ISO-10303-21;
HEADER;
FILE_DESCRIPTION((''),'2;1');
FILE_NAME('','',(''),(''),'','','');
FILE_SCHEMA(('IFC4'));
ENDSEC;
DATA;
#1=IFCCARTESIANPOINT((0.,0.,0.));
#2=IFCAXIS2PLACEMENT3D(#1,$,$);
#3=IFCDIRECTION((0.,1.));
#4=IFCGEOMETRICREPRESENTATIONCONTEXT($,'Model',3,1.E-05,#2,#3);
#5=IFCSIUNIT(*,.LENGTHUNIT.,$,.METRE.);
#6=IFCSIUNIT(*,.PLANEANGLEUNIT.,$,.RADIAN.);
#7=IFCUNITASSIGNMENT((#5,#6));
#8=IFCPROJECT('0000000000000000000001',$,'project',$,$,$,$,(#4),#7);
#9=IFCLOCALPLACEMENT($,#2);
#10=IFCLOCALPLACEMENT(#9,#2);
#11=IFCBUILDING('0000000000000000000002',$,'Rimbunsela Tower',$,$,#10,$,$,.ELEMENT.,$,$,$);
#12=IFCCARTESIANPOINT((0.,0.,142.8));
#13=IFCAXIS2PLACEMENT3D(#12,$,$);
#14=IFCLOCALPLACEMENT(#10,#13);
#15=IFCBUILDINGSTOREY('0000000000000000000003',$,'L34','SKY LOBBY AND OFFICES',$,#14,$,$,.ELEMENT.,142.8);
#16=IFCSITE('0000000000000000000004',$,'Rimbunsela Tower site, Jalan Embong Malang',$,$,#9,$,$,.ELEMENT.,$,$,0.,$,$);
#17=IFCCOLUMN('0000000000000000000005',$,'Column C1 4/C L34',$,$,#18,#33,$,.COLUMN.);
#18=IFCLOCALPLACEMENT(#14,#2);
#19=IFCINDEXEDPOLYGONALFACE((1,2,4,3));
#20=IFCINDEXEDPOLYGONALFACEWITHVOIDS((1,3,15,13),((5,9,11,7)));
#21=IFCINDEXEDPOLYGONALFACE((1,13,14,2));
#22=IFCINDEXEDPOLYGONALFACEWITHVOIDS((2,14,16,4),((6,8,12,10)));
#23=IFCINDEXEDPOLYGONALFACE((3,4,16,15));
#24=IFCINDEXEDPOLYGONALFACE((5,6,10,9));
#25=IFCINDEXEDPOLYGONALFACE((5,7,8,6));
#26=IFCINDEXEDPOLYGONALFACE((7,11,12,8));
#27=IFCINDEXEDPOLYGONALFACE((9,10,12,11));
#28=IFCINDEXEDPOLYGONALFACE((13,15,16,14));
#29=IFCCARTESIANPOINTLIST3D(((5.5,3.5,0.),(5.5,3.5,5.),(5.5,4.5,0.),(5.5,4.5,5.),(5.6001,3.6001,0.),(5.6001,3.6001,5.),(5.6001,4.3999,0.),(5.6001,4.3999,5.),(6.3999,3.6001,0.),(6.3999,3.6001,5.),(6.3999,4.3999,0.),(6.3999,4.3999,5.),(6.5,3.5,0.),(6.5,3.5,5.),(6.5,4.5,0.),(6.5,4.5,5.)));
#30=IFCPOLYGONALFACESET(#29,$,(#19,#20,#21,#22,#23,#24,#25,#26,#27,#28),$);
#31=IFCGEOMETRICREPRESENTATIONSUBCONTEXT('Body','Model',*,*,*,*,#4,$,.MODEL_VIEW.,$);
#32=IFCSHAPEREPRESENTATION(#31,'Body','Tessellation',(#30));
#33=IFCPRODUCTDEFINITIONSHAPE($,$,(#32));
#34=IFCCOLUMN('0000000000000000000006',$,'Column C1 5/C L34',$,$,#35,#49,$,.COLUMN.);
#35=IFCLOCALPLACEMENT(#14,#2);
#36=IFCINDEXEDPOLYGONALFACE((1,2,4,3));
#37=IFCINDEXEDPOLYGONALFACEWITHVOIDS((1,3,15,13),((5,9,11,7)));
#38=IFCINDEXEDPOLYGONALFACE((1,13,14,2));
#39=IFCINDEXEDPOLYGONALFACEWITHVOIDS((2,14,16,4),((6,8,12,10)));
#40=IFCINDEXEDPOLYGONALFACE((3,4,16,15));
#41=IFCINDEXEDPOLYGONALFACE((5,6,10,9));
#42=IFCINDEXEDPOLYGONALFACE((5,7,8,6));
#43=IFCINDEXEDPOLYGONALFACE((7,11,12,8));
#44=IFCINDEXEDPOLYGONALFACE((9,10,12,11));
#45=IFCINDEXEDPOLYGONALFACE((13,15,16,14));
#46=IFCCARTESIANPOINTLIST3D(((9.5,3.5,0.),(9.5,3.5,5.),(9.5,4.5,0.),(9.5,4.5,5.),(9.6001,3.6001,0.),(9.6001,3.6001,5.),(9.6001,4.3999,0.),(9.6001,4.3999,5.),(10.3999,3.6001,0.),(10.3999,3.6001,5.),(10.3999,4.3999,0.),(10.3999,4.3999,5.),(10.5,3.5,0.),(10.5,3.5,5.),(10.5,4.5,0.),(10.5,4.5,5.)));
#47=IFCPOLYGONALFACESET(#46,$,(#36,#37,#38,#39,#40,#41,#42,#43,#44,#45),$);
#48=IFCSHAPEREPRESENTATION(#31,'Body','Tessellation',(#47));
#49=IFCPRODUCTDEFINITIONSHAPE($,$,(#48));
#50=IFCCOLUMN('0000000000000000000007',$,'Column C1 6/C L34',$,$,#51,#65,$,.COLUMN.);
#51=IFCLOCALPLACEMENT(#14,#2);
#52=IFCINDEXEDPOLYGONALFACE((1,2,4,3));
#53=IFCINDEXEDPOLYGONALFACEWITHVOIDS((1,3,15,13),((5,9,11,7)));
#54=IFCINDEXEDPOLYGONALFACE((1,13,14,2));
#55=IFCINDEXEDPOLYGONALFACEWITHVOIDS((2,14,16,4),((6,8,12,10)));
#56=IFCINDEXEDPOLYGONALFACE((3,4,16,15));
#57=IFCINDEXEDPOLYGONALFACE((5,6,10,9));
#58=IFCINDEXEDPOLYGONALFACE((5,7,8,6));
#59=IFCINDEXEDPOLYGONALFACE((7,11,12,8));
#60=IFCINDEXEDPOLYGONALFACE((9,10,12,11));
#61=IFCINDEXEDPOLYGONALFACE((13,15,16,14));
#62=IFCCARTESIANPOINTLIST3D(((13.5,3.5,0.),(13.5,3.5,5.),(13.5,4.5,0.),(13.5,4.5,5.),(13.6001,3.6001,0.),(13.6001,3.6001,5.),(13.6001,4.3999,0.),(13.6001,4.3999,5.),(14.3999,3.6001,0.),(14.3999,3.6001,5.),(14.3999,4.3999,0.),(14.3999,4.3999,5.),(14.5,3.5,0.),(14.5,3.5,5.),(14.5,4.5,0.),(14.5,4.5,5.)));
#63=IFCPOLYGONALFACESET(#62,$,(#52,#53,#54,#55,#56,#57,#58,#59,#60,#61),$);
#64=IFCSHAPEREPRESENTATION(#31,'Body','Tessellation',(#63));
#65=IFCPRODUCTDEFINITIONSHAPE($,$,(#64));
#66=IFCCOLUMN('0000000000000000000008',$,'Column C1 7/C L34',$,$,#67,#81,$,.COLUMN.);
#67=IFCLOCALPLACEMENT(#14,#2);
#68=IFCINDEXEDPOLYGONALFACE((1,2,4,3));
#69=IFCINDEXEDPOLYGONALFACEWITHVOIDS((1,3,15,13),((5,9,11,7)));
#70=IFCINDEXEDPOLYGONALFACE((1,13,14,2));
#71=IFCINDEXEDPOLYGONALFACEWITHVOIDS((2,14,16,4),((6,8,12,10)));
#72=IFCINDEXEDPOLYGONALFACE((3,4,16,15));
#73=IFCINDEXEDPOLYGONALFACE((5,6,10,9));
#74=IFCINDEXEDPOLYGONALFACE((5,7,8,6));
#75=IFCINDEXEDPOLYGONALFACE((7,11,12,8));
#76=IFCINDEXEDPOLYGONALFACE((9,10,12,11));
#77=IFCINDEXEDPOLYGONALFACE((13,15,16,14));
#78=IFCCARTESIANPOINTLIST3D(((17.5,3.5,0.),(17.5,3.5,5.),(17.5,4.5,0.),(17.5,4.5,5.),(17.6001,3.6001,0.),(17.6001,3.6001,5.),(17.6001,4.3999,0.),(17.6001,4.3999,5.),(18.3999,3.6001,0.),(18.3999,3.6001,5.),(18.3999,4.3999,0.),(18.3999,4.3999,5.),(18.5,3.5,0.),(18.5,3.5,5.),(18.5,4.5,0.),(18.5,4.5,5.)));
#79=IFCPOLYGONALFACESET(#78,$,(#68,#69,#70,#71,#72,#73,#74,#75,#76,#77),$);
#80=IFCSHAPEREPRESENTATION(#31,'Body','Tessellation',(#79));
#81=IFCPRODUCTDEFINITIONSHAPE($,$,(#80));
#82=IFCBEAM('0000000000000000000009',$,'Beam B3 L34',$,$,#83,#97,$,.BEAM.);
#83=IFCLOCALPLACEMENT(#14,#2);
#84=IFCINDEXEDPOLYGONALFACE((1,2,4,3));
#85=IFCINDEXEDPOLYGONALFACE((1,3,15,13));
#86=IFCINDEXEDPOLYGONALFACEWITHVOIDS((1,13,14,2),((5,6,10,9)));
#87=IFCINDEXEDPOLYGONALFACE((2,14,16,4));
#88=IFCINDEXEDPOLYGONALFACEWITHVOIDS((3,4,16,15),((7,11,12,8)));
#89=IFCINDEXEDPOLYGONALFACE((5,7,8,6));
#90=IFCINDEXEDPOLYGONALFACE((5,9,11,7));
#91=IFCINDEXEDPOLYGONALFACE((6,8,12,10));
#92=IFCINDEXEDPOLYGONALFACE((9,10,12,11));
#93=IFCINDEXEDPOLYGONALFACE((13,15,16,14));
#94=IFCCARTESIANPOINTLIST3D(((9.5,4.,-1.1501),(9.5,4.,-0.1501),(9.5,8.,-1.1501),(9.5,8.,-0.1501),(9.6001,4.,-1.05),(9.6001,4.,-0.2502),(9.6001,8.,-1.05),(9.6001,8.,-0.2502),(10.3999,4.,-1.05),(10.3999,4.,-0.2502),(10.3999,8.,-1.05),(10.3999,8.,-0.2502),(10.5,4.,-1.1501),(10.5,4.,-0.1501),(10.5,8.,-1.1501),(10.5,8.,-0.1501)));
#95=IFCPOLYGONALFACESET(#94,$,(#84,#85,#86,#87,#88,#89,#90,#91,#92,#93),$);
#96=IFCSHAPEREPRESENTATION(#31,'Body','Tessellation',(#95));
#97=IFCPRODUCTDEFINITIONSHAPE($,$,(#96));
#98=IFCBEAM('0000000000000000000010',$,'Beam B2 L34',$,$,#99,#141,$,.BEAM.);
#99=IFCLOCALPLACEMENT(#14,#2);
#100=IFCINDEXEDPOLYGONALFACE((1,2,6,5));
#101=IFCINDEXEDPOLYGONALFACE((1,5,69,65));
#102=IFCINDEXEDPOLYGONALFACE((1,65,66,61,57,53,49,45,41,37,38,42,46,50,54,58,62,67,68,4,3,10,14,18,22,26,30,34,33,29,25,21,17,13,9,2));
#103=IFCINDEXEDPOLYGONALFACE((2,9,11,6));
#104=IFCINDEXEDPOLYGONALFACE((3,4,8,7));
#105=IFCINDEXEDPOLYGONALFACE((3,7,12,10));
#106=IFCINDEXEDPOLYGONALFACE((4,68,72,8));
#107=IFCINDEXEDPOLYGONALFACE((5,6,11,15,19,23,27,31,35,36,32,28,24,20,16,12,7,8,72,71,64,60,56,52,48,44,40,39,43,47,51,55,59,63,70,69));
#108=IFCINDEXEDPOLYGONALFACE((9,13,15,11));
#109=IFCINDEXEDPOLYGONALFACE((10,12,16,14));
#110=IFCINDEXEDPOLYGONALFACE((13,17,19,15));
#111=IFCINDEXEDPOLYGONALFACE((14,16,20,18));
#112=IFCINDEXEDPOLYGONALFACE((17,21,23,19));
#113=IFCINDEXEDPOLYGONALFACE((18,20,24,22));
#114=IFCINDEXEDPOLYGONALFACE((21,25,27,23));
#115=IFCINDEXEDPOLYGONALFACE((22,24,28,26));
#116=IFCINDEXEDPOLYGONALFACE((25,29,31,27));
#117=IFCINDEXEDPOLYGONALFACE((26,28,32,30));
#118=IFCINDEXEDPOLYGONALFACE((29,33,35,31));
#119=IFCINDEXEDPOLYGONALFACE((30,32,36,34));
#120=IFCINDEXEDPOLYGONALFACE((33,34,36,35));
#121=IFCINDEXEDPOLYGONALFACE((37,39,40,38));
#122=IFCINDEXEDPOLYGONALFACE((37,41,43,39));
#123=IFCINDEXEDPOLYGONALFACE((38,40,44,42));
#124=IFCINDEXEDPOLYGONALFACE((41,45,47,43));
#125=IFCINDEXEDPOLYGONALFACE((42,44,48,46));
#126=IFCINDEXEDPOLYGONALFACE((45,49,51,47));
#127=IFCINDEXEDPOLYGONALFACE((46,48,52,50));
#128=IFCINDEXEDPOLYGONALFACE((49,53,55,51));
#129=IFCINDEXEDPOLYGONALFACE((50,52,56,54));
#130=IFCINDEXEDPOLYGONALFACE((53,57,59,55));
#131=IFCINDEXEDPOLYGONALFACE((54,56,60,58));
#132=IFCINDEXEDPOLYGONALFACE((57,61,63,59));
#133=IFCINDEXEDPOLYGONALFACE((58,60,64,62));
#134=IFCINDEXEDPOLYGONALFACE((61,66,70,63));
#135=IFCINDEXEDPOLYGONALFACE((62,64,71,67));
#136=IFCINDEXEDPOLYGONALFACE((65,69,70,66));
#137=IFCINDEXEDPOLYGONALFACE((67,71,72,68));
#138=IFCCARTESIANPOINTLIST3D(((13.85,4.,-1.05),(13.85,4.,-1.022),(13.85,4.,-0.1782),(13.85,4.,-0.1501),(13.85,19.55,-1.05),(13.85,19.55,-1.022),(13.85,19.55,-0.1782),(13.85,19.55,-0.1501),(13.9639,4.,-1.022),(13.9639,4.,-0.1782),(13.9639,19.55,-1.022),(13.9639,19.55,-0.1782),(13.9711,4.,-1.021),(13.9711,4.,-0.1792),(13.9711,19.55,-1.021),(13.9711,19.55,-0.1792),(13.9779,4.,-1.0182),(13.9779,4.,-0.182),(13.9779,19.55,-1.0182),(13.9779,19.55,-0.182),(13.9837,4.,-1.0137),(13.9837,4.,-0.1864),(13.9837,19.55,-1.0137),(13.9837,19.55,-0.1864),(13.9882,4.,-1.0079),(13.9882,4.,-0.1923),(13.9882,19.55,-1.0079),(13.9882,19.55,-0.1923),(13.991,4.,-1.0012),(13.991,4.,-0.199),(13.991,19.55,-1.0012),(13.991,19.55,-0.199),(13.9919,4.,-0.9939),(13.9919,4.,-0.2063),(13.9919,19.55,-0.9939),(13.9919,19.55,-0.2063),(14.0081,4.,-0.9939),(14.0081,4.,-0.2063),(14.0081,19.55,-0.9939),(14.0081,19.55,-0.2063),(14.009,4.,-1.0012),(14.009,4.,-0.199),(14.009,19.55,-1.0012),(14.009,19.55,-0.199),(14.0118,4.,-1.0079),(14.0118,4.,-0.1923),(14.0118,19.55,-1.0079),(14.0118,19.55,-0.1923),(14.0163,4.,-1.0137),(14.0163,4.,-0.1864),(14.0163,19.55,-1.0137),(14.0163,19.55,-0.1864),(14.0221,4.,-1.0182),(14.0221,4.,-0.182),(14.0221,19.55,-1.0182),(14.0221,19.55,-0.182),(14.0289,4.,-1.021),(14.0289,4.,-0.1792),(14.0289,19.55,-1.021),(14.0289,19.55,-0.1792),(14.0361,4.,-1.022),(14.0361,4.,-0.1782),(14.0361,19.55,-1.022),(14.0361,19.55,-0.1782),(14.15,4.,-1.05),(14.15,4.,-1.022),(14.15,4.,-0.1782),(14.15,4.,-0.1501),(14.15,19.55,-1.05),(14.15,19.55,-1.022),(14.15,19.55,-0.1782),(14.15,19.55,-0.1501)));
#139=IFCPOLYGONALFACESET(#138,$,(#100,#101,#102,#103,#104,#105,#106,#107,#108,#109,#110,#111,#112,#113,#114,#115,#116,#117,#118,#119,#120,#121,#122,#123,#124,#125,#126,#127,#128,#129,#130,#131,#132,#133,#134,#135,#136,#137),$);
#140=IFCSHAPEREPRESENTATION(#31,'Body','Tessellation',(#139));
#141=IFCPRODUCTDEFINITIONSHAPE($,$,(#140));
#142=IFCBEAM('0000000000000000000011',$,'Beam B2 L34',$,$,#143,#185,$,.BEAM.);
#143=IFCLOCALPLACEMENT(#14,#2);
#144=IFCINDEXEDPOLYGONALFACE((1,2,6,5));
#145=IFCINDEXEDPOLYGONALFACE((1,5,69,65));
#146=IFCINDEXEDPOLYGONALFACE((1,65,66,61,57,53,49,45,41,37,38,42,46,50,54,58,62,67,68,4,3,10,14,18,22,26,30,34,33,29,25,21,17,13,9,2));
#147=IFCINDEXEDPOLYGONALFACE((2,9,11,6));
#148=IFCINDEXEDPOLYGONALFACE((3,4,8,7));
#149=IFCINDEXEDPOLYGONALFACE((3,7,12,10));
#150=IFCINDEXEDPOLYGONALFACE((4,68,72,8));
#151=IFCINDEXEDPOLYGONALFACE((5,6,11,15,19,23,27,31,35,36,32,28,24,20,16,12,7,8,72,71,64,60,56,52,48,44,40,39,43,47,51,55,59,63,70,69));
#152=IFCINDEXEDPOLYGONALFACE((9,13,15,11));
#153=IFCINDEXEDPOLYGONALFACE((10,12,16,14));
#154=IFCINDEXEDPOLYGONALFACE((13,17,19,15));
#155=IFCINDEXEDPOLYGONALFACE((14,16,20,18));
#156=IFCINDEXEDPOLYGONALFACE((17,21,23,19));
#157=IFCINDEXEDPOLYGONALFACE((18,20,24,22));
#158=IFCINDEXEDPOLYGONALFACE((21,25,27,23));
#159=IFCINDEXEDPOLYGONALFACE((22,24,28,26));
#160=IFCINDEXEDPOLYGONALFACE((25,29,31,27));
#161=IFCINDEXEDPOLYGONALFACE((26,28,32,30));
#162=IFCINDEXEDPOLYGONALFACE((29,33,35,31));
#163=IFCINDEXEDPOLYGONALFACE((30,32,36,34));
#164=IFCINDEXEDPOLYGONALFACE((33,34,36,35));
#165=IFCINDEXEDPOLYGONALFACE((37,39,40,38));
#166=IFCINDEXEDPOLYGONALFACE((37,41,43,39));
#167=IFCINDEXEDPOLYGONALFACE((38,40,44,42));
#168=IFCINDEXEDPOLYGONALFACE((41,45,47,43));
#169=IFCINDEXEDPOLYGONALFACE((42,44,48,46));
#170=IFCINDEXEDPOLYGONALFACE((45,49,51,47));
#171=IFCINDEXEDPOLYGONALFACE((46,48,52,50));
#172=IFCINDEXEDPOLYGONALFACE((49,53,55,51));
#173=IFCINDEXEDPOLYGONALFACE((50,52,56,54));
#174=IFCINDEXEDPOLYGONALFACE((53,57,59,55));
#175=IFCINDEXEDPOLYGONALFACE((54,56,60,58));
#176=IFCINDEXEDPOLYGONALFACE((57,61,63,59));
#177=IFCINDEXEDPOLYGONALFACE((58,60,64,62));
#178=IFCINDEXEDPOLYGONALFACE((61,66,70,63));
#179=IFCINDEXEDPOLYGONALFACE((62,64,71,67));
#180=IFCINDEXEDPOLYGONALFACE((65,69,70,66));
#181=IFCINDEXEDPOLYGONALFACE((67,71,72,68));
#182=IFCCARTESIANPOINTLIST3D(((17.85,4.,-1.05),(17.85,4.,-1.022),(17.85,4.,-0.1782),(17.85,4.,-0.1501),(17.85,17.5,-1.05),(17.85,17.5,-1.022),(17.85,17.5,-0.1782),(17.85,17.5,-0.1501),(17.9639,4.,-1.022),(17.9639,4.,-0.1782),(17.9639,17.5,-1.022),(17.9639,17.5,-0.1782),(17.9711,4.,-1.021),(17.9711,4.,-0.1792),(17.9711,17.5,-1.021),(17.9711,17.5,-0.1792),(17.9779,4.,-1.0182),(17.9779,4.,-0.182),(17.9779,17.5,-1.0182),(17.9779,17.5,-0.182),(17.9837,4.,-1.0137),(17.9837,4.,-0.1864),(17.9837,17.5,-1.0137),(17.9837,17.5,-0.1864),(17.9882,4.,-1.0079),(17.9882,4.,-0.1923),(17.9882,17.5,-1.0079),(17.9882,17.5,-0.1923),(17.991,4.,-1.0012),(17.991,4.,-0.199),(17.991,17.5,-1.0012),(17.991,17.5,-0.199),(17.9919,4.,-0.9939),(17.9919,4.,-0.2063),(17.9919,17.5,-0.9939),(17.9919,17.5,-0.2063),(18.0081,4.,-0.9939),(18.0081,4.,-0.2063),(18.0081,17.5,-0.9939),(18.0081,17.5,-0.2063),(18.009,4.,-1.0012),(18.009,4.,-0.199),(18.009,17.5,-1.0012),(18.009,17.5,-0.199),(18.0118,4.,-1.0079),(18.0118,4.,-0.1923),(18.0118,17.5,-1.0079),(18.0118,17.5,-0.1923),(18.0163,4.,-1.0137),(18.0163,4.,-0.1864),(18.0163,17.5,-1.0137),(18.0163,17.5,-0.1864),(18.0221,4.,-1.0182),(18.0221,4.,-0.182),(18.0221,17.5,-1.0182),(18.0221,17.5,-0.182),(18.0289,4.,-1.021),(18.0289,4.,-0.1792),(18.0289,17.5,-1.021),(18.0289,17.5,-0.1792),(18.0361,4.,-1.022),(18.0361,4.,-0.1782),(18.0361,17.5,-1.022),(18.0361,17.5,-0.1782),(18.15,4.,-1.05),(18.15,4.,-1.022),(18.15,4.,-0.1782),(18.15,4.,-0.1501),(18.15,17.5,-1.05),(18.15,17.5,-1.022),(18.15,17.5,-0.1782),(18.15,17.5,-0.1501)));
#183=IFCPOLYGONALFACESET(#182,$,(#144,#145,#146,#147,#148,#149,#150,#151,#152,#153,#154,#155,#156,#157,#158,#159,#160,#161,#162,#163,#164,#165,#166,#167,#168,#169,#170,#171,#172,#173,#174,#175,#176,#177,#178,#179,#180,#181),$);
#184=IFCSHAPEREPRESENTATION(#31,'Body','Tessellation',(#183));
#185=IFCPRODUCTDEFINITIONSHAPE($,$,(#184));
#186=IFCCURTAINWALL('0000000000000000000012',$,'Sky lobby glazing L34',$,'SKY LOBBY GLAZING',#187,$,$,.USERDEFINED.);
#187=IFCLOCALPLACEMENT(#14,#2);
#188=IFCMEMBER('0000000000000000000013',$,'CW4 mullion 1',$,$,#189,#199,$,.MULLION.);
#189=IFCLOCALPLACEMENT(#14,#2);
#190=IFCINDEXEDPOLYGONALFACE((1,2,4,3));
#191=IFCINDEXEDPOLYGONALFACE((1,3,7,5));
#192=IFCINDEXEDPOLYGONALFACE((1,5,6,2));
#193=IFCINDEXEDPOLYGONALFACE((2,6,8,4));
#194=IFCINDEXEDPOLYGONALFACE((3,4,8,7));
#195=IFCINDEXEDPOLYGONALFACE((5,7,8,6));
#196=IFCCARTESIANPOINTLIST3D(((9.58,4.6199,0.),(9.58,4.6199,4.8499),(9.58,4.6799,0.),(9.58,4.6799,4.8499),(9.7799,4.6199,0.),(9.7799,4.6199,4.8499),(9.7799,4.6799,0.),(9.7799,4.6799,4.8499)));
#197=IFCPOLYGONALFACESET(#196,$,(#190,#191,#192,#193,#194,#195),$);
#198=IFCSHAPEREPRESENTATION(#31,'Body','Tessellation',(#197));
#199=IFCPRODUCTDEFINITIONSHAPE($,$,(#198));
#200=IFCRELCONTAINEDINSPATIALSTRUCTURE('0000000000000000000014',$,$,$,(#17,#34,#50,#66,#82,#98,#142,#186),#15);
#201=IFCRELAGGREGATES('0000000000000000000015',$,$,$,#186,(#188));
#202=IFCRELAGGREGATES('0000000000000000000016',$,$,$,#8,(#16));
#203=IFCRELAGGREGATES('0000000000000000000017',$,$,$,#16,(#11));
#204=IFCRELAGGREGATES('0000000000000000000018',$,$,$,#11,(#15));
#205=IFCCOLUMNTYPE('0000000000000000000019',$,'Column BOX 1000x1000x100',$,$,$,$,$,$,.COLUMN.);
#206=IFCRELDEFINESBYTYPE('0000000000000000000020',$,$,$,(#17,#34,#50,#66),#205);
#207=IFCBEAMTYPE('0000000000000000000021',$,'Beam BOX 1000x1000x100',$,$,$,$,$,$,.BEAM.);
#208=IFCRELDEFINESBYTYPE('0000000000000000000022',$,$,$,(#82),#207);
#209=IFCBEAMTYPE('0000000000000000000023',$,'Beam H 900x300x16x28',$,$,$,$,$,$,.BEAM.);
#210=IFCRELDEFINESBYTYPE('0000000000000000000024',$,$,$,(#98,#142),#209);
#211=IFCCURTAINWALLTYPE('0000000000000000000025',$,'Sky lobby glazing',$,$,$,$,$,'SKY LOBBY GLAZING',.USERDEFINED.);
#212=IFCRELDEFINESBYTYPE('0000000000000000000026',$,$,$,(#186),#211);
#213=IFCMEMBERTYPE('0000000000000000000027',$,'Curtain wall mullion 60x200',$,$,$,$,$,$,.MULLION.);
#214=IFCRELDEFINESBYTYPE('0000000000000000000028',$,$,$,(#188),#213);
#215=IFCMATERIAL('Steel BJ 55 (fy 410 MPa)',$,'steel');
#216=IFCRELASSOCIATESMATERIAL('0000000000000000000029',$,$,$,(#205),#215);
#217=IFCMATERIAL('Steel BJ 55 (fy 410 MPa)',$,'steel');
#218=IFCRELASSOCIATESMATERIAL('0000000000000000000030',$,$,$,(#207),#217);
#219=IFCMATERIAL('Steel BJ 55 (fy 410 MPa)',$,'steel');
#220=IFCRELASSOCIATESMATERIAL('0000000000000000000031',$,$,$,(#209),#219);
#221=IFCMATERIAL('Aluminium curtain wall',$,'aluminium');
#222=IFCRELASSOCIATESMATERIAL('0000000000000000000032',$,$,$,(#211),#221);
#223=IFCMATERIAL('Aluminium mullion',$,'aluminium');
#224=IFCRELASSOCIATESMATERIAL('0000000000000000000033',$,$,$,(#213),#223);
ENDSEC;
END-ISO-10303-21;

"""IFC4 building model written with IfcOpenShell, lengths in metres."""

from ifc_helpers import new_model, si_unit, direction, frame, origin, origin_2d, place, context, subcontext, project, spatial, rectangle, hollow_rectangle, i_section, extrude, material, material_profile, profile_set, type_object, element, aggregate, save


model = new_model("IFC4")

# Units and contexts
model_context = context("Model", 3, precision=1e-05, world=origin(), true_north=direction((0.0, 1.0)))
body_context = subcontext(model_context, "Body", "Model", "MODEL_VIEW")
ifc_project = project(units=[si_unit("LENGTHUNIT", "METRE"), si_unit("PLANEANGLEUNIT", "RADIAN")], contexts=[model_context])

# Site, building, storey
site_placement = place(None, origin())
site = spatial("IfcSite", under=ifc_project, at=site_placement, Name="Rimbunsela Tower site, Jalan Embong Malang", CompositionType="ELEMENT", RefElevation=0.0)
building_placement = place(site_placement, origin())
building = spatial("IfcBuilding", under=site, at=building_placement, Name="Rimbunsela Tower", CompositionType="ELEMENT")
storey_placement = place(building_placement, frame((0.0, 0.0, 142.8)))
storey = spatial("IfcBuildingStorey", under=building, at=storey_placement, Name="L34", Description="SKY LOBBY AND OFFICES", CompositionType="ELEMENT", Elevation=142.8)

# Columns
ifc_material_1 = material(Name="Steel BJ 55 (fy 410 MPa)", Category="steel")
ifc_material_profile_1 = material_profile(ifc_material_1, hollow_rectangle(XDim=1.0, YDim=1.0, WallThickness=0.1001, at=origin_2d()), Name="BOX 1000x1000x100")
ifc_profile_set_1 = profile_set([ifc_material_profile_1], Name="Steel BJ 55 (fy 410 MPa)")
column_type = type_object("IfcColumnType", Name="Column BOX 1000x1000x100", PredefinedType="COLUMN", material=ifc_profile_set_1)
for number, where, z_axis, x_axis, name in (
    (1, (6.0, 4.0, 0.0), (0.0, 0.0, 1.0), (1.0, 0.0, 0.0), "Column C1 4/C L34"),
    (2, (10.0, 4.0, 0.0), (0.0, 0.0, 1.0), (1.0, 0.0, 0.0), "Column C1 5/C L34"),
    (3, (14.0, 4.0, 0.0), (0.0, 0.0, 1.0), (1.0, 0.0, 0.0), "Column C1 6/C L34"),
    (4, (18.0, 4.0, 0.0), (0.0, 0.0, 1.0), (1.0, 0.0, 0.0), "Column C1 7/C L34"),
):
    element("IfcColumn", number, at=place(storey_placement, frame(where, z_axis=z_axis, x_axis=x_axis)), inside=storey, type_object=column_type, Name=name, PredefinedType="COLUMN", context=body_context, shape_type="SweptSolid", body=[
        extrude(hollow_rectangle(XDim=1.0, YDim=1.0, WallThickness=0.1001, at=origin_2d()), origin(), (0.0, 0.0, 1.0), 5.0),
    ])

# Beams
ifc_material_2 = material(Name="Steel BJ 55 (fy 410 MPa)", Category="steel")
ifc_material_profile_2 = material_profile(ifc_material_2, hollow_rectangle(XDim=1.0, YDim=1.0, WallThickness=0.1001, at=origin_2d()), Name="BOX 1000x1000x100")
ifc_profile_set_2 = profile_set([ifc_material_profile_2], Name="Steel BJ 55 (fy 410 MPa)")
beam_type_1 = type_object("IfcBeamType", Name="Beam BOX 1000x1000x100", PredefinedType="BEAM", material=ifc_profile_set_2)
beam_1_placement = place(storey_placement, frame((10.0, 4.0, -0.6501), z_axis=(0.0, 1.0, 0.0), x_axis=(-1.0, 0.0, 0.0)))
element("IfcBeam", 5, at=beam_1_placement, inside=storey, type_object=beam_type_1, Name="Beam B3 L34", PredefinedType="BEAM", context=body_context, shape_type="SweptSolid", body=[
    extrude(hollow_rectangle(XDim=1.0, YDim=1.0, WallThickness=0.1001, at=origin_2d()), origin(), (0.0, 0.0, 1.0), 4.0),
])
ifc_material_3 = material(Name="Steel BJ 55 (fy 410 MPa)", Category="steel")
ifc_material_profile_3 = material_profile(ifc_material_3, i_section(OverallWidth=0.3, OverallDepth=0.8999, WebThickness=0.0161, FlangeThickness=0.0281, FilletRadius=0.0281, at=origin_2d()), Name="H 900x300x16x28")
ifc_profile_set_3 = profile_set([ifc_material_profile_3], Name="Steel BJ 55 (fy 410 MPa)")
beam_type_2 = type_object("IfcBeamType", Name="Beam H 900x300x16x28", PredefinedType="BEAM", material=ifc_profile_set_3)
beam_2_placement = place(storey_placement, frame((14.0, 4.0, -0.6001), z_axis=(0.0, 1.0, 0.0), x_axis=(-1.0, 0.0, 0.0)))
element("IfcBeam", 6, at=beam_2_placement, inside=storey, type_object=beam_type_2, Name="Beam B2 L34", PredefinedType="BEAM", context=body_context, shape_type="SweptSolid", body=[
    extrude(i_section(OverallWidth=0.3, OverallDepth=0.8999, WebThickness=0.0161, FlangeThickness=0.0281, FilletRadius=0.0281, at=origin_2d()), origin(), (0.0, 0.0, 1.0), 15.55),
])
beam_3_placement = place(storey_placement, frame((18.0, 4.0, -0.6001), z_axis=(0.0, 1.0, 0.0), x_axis=(-1.0, 0.0, 0.0)))
element("IfcBeam", 7, at=beam_3_placement, inside=storey, type_object=beam_type_2, Name="Beam B2 L34", PredefinedType="BEAM", context=body_context, shape_type="SweptSolid", body=[
    extrude(i_section(OverallWidth=0.3, OverallDepth=0.8999, WebThickness=0.0161, FlangeThickness=0.0281, FilletRadius=0.0281, at=origin_2d()), origin(), (0.0, 0.0, 1.0), 13.5),
])

# Curtain wall, member
ifc_material_4 = material(Name="Aluminium curtain wall", Category="aluminium")
curtain_wall_type = type_object("IfcCurtainWallType", Name="Sky lobby glazing", ElementType="SKY LOBBY GLAZING", PredefinedType="USERDEFINED", material=ifc_material_4)
curtain_wall_placement = place(storey_placement, origin())
curtain_wall = element("IfcCurtainWall", 8, at=curtain_wall_placement, inside=storey, type_object=curtain_wall_type, Name="Sky lobby glazing L34", ObjectType="SKY LOBBY GLAZING", PredefinedType="USERDEFINED")
ifc_material_5 = material(Name="Aluminium mullion", Category="aluminium")
ifc_material_profile_4 = material_profile(ifc_material_5, rectangle(XDim=0.0601, YDim=0.2, at=origin_2d()), Name="Mullion 60x200")
ifc_profile_set_4 = profile_set([ifc_material_profile_4], Name="Aluminium mullion")
member_type_1 = type_object("IfcMemberType", Name="Curtain wall mullion 60x200", PredefinedType="MULLION", material=ifc_profile_set_4)
member_1_placement = place(storey_placement, frame((9.6799, 4.6499, 0.0), z_axis=(0.0, 0.0, 1.0), x_axis=(0.0, 1.0, 0.0)))
member_1 = element("IfcMember", 9, at=member_1_placement, type_object=member_type_1, Name="CW4 mullion 1", PredefinedType="MULLION", context=body_context, shape_type="SweptSolid", body=[
    extrude(rectangle(XDim=0.0601, YDim=0.2, at=origin_2d()), origin(), (0.0, 0.0, 1.0), 4.8499),
])
aggregate(curtain_wall, [member_1])

save(model, "model.ifc")
